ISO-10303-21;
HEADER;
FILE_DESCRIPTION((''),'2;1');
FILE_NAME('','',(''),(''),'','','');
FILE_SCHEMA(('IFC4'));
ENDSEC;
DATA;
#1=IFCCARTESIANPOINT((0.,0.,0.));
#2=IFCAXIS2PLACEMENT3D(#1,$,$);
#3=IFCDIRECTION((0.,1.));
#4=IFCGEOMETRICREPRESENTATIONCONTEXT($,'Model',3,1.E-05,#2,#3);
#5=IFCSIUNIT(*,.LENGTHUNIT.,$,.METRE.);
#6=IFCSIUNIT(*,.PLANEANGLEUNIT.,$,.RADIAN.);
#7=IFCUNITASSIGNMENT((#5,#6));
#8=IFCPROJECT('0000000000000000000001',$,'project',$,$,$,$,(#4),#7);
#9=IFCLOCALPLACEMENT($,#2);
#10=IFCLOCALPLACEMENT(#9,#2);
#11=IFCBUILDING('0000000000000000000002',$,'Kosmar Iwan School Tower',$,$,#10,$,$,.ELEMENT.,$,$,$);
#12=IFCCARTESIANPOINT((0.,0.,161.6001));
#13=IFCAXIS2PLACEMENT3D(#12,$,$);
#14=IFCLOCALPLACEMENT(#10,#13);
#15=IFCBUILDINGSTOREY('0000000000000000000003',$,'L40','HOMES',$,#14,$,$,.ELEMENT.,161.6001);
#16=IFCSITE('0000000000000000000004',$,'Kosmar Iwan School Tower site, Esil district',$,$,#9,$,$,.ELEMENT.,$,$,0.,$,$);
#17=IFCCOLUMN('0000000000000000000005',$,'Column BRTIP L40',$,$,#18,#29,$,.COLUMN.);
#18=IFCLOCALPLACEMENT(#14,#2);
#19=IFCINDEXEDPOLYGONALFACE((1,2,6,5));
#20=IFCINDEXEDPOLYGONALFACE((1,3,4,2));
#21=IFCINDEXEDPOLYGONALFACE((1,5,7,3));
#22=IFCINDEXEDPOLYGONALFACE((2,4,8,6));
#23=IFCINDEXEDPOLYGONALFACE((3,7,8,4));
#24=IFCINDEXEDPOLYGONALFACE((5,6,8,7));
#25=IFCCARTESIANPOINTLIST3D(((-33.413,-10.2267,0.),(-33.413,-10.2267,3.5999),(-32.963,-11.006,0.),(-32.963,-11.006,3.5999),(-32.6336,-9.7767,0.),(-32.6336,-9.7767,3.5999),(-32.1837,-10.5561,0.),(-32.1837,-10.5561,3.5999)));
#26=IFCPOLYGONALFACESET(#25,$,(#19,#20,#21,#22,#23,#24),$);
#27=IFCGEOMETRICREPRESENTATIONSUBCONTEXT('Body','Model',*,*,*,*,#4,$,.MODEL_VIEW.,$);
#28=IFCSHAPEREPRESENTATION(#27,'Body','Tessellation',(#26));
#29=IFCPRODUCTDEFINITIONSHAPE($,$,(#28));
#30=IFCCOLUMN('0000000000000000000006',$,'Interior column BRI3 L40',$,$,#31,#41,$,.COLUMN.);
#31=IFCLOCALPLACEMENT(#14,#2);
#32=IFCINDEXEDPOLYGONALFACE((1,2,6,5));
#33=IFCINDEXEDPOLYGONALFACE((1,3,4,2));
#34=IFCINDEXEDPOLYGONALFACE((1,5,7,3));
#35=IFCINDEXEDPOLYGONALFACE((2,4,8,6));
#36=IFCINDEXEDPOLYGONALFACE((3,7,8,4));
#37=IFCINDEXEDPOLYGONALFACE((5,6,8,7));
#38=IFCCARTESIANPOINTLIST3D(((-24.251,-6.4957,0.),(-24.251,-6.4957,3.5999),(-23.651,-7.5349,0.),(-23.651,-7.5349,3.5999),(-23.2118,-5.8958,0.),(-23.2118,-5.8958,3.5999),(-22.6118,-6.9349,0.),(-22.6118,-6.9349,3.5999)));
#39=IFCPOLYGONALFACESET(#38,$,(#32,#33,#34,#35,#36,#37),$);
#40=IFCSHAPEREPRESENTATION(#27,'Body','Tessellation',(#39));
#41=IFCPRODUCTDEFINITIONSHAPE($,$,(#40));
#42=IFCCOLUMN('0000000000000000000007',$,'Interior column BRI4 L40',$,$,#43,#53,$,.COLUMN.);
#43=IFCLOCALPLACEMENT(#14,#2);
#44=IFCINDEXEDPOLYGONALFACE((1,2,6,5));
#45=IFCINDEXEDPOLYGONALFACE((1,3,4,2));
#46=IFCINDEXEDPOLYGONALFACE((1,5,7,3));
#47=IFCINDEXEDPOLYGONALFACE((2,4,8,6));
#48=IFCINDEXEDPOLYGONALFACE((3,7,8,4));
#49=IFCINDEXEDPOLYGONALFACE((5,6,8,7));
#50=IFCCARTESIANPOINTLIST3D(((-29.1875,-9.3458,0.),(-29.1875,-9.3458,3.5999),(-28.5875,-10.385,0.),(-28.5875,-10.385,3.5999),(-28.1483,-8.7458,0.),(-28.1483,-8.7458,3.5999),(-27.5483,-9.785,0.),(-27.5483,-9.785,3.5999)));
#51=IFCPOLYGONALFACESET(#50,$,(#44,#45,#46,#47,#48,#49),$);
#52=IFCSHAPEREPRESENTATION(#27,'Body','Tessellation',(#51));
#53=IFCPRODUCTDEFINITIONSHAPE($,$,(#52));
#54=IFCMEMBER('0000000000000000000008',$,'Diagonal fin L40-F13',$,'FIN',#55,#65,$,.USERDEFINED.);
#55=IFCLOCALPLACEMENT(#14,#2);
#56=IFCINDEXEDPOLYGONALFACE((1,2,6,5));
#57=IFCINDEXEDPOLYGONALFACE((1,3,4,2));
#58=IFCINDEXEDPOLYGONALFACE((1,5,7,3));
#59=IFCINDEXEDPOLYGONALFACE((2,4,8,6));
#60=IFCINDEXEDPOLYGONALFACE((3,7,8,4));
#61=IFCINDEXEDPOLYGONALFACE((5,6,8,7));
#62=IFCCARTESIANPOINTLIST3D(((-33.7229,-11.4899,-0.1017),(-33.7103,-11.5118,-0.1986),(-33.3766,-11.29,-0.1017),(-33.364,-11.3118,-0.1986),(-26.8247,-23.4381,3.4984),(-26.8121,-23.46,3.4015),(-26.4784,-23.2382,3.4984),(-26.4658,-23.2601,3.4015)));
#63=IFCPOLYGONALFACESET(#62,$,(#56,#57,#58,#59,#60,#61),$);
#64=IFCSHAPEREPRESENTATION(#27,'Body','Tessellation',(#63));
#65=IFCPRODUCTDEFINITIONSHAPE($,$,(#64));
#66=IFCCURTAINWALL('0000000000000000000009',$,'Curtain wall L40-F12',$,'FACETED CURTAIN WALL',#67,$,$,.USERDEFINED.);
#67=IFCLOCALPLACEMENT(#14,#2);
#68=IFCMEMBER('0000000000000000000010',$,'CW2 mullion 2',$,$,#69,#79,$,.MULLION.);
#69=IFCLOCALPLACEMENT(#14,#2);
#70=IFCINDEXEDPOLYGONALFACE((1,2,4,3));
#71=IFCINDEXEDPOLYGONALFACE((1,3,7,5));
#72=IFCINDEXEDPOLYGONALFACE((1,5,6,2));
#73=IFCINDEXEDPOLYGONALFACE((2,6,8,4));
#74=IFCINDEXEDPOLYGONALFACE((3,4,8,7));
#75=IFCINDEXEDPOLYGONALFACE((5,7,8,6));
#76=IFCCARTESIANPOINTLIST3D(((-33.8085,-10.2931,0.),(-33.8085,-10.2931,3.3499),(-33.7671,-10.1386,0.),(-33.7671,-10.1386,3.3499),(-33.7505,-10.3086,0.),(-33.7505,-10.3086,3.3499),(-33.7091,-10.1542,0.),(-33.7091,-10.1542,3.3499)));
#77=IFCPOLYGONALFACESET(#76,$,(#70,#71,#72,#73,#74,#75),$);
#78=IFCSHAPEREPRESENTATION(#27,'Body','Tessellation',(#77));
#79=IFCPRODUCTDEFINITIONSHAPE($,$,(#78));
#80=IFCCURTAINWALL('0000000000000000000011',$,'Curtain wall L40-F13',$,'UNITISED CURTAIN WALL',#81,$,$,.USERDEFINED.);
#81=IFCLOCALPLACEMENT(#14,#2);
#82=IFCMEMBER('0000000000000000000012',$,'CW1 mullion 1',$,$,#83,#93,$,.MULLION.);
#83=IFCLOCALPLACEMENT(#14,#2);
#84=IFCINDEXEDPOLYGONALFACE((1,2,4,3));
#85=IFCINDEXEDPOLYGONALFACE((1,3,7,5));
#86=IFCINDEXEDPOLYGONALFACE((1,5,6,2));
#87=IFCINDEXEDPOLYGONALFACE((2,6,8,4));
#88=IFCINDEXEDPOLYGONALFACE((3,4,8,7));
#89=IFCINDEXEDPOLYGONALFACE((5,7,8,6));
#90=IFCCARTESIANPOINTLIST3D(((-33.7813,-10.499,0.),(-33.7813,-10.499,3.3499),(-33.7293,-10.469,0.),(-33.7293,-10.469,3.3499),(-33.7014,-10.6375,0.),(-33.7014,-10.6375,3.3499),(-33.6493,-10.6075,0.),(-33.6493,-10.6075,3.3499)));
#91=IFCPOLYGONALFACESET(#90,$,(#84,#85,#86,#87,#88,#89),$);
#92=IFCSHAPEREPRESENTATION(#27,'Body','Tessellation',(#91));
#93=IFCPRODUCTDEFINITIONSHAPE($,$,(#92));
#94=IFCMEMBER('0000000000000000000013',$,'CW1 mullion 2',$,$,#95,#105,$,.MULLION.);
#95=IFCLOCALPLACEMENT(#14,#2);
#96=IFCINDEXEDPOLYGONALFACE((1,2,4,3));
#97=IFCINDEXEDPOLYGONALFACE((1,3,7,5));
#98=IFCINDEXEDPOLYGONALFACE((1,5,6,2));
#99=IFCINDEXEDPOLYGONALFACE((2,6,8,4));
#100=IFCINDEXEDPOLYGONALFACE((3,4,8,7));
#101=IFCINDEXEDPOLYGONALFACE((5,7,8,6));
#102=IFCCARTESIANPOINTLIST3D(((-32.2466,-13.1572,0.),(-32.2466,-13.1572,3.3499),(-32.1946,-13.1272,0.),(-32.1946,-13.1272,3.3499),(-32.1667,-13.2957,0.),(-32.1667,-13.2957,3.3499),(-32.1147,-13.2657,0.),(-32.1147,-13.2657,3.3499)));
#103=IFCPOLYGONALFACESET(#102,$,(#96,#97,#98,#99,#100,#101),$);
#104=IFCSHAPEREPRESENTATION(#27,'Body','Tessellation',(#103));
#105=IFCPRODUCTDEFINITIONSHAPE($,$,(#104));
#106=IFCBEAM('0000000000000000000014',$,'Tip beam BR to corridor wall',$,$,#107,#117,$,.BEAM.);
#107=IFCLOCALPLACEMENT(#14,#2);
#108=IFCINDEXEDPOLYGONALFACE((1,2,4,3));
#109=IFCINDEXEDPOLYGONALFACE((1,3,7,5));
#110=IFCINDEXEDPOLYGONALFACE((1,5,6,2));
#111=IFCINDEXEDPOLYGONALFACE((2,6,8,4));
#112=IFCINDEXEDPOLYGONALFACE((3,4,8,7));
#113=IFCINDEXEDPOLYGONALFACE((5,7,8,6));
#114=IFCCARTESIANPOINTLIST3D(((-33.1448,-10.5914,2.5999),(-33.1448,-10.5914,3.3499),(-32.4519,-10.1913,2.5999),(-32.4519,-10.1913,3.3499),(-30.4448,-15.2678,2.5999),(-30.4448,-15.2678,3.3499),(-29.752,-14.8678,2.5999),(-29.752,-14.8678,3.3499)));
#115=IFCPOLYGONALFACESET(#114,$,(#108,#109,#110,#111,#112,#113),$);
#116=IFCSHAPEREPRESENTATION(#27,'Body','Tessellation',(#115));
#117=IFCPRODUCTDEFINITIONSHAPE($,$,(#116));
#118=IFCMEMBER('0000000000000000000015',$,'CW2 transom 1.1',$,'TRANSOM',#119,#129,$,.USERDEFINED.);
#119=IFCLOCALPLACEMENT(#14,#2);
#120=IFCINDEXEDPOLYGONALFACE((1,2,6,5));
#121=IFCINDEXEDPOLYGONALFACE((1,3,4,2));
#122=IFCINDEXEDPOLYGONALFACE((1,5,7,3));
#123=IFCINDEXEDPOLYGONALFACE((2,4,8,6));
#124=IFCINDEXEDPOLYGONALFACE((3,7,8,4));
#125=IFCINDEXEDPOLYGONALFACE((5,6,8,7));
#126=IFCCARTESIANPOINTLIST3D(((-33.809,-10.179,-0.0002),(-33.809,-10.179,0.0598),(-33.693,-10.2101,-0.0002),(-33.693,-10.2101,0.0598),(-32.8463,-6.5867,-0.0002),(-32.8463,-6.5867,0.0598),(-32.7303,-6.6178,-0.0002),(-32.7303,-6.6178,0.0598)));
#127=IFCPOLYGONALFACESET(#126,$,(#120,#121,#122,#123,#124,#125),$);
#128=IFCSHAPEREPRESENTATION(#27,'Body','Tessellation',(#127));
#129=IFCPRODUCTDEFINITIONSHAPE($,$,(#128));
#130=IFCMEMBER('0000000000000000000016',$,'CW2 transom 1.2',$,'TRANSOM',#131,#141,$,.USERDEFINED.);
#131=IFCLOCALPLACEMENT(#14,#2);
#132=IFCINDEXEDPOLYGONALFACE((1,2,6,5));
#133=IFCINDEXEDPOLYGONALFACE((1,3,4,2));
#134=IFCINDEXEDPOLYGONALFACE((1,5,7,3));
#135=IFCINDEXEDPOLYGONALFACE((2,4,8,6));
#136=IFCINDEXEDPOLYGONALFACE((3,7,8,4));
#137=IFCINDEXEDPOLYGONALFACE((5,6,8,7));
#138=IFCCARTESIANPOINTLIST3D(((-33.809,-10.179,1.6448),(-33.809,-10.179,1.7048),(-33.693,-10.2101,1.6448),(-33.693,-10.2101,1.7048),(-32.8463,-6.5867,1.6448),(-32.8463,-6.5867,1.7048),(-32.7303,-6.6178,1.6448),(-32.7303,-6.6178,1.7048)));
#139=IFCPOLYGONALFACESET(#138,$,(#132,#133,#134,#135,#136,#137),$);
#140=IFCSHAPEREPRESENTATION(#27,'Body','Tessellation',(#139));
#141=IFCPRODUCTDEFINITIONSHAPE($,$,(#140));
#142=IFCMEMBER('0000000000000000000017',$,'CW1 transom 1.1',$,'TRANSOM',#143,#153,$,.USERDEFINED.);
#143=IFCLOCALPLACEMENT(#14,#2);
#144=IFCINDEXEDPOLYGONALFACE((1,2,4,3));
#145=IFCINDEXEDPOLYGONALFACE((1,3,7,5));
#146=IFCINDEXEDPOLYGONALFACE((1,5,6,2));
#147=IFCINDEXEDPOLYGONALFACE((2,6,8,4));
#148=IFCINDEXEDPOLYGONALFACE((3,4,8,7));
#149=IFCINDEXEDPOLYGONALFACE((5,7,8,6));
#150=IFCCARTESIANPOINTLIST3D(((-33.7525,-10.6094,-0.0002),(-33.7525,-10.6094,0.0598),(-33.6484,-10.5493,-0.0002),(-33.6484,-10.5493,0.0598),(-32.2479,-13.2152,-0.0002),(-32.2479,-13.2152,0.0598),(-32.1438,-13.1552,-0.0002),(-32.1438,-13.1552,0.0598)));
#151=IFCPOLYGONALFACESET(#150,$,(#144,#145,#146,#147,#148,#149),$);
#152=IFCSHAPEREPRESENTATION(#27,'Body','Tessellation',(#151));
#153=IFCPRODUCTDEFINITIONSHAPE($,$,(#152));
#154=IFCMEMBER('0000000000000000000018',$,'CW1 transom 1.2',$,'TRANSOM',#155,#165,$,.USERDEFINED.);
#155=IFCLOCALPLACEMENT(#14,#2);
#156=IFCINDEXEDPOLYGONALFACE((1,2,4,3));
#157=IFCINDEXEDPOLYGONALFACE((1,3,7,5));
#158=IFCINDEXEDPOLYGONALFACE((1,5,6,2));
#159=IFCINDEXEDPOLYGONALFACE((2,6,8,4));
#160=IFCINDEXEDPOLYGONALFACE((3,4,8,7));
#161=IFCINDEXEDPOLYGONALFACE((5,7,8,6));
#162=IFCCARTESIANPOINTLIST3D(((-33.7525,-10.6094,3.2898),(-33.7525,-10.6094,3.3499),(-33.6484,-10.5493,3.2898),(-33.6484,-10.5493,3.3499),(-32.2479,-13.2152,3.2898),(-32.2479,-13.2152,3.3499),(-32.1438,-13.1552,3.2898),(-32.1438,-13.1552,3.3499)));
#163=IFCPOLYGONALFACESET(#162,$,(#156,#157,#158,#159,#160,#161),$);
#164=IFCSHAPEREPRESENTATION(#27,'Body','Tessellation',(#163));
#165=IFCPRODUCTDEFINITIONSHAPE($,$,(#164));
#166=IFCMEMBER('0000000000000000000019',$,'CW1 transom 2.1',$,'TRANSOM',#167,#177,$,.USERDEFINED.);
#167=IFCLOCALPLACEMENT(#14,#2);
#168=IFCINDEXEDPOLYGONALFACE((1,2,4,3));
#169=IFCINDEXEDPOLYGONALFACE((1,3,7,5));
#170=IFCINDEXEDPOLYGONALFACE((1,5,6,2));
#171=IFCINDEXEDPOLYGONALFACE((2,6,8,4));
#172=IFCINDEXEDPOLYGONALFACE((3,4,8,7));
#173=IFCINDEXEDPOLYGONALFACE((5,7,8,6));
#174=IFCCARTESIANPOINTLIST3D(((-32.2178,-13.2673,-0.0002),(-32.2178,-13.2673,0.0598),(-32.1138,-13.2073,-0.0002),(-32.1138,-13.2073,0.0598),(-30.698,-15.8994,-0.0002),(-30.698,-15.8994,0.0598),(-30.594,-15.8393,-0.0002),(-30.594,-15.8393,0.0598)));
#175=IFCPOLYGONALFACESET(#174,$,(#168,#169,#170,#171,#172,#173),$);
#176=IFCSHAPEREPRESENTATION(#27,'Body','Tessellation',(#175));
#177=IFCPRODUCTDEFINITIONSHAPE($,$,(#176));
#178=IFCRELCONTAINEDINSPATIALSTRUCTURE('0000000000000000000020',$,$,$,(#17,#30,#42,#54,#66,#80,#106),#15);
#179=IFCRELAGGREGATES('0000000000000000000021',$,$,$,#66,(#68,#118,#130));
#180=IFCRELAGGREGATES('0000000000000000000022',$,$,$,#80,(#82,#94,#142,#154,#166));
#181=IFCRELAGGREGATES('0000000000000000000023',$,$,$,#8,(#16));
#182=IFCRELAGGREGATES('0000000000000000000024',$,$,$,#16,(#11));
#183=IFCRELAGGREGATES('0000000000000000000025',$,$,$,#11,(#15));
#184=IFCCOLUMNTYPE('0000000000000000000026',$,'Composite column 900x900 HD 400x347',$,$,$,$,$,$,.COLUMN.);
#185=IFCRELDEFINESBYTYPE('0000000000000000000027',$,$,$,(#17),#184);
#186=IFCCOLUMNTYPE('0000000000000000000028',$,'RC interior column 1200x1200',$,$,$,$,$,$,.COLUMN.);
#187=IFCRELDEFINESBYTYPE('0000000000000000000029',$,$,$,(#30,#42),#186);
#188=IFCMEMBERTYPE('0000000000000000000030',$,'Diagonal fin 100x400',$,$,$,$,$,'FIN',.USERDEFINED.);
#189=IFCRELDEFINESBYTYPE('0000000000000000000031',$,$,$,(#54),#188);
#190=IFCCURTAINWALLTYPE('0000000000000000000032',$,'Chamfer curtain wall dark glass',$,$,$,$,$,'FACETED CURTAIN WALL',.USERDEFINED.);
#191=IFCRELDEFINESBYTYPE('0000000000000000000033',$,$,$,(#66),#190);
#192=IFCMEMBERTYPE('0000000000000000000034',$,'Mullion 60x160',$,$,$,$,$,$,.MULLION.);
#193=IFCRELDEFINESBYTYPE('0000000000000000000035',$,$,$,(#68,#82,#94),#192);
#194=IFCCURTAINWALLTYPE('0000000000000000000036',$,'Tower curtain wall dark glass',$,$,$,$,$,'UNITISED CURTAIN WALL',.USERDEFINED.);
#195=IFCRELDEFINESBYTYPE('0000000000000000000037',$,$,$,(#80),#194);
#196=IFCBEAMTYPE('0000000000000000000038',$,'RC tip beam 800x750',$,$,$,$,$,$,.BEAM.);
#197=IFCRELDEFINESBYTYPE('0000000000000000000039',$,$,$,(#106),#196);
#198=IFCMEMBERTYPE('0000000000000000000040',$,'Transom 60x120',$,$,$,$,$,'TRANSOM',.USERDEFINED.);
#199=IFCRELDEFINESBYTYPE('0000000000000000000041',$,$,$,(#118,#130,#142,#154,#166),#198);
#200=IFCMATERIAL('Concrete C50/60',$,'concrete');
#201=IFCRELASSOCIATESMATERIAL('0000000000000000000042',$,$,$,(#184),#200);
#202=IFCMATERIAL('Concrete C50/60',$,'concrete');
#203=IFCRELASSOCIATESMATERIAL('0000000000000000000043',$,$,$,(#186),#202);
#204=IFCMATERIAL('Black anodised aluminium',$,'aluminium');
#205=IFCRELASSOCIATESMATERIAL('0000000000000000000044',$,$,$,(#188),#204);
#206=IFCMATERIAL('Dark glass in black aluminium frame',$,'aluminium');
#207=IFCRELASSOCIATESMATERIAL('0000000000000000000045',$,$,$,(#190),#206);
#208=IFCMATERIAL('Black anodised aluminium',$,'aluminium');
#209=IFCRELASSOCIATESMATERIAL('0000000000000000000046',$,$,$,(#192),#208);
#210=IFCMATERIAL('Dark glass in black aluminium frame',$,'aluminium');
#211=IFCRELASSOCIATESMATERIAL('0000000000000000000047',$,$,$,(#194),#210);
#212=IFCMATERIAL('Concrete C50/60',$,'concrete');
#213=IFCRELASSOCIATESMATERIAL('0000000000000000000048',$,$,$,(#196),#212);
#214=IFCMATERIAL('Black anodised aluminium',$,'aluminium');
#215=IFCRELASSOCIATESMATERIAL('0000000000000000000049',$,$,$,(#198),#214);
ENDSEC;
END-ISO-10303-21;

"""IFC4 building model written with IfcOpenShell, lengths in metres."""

from ifc_helpers import new_model, si_unit, direction, frame, origin, origin_2d, place, context, subcontext, project, spatial, rectangle, extrude, material, material_profile, profile_set, type_object, element, aggregate, save


model = new_model("IFC4")

# Units and contexts
model_context = context("Model", 3, precision=1e-05, world=origin(), true_north=direction((0.0, 1.0)))
body_context = subcontext(model_context, "Body", "Model", "MODEL_VIEW")
ifc_project = project(units=[si_unit("LENGTHUNIT", "METRE"), si_unit("PLANEANGLEUNIT", "RADIAN")], contexts=[model_context])

# Site, building, storey
site_placement = place(None, origin())
site = spatial("IfcSite", under=ifc_project, at=site_placement, Name="Kosmar Iwan School Tower site, Esil district", CompositionType="ELEMENT", RefElevation=0.0)
building_placement = place(site_placement, origin())
building = spatial("IfcBuilding", under=site, at=building_placement, Name="Kosmar Iwan School Tower", CompositionType="ELEMENT")
storey_placement = place(building_placement, frame((0.0, 0.0, 161.6001)))
storey = spatial("IfcBuildingStorey", under=building, at=storey_placement, Name="L40", Description="HOMES", CompositionType="ELEMENT", Elevation=161.6001)

# Columns
ifc_material_1 = material(Name="Concrete C50/60", Category="concrete")
ifc_material_profile_1 = material_profile(ifc_material_1, rectangle(XDim=0.8999, YDim=0.8999, at=origin_2d()), Name="RC 900x900 + HD 400x347")
ifc_profile_set_1 = profile_set([ifc_material_profile_1], Name="Concrete C50/60")
column_type_1 = type_object("IfcColumnType", Name="Composite column 900x900 HD 400x347", PredefinedType="COLUMN", material=ifc_profile_set_1)
column_placement = place(storey_placement, frame((-32.7983, -10.3914, 0.0), z_axis=(0.0, 0.0, 1.0), x_axis=(-0.866025, -0.5, 0.0)))
element("IfcColumn", 1, at=column_placement, inside=storey, type_object=column_type_1, Name="Column BRTIP L40", PredefinedType="COLUMN", context=body_context, shape_type="SweptSolid", body=[
    extrude(rectangle(XDim=0.8999, YDim=0.8999, at=origin_2d()), origin(), (0.0, 0.0, 1.0), 3.5999),
])
ifc_material_2 = material(Name="Concrete C50/60", Category="concrete")
ifc_material_profile_2 = material_profile(ifc_material_2, rectangle(XDim=1.2, YDim=1.2, at=origin_2d()), Name="RC 1200x1200")
ifc_profile_set_2 = profile_set([ifc_material_profile_2], Name="Concrete C50/60")
column_type_2 = type_object("IfcColumnType", Name="RC interior column 1200x1200", PredefinedType="COLUMN", material=ifc_profile_set_2)
for number, where, z_axis, x_axis, name in (
    (2, (-23.4314, -6.7153, 0.0), (0.0, 0.0, 1.0), (-0.866025, -0.5, 0.0), "Interior column BRI3 L40"),
    (3, (-28.3679, -9.5654, 0.0), (0.0, 0.0, 1.0), (-0.866025, -0.5, 0.0), "Interior column BRI4 L40"),
):
    element("IfcColumn", number, at=place(storey_placement, frame(where, z_axis=z_axis, x_axis=x_axis)), inside=storey, type_object=column_type_2, Name=name, PredefinedType="COLUMN", context=body_context, shape_type="SweptSolid", body=[
        extrude(rectangle(XDim=1.2, YDim=1.2, at=origin_2d()), origin(), (0.0, 0.0, 1.0), 3.5999),
    ])

# Member
ifc_material_3 = material(Name="Black anodised aluminium", Category="aluminium")
ifc_material_profile_3 = material_profile(ifc_material_3, rectangle(XDim=0.1001, YDim=0.3999, at=origin_2d()), Name="FIN 100x400")
ifc_profile_set_3 = profile_set([ifc_material_profile_3], Name="Black anodised aluminium")
member_type_1 = type_object("IfcMemberType", Name="Diagonal fin 100x400", ElementType="FIN", PredefinedType="USERDEFINED", material=ifc_profile_set_3)
member_1_placement = place(storey_placement, frame((-33.5435, -11.4009, -0.1501), z_axis=(0.483793, -0.83797, 0.252487), x_axis=(-0.126242, 0.218661, 0.9676)))
element("IfcMember", 4, at=member_1_placement, inside=storey, type_object=member_type_1, Name="Diagonal fin L40-F13", ObjectType="FIN", PredefinedType="USERDEFINED", context=body_context, shape_type="SweptSolid", body=[
    extrude(rectangle(XDim=0.1001, YDim=0.3999, at=origin_2d()), origin(), (0.0, 0.0, 1.0), 14.2585),
])

# Curtain wall, member
ifc_material_4 = material(Name="Dark glass in black aluminium frame", Category="aluminium")
curtain_wall_type_1 = type_object("IfcCurtainWallType", Name="Chamfer curtain wall dark glass", ElementType="FACETED CURTAIN WALL", PredefinedType="USERDEFINED", material=ifc_material_4)
curtain_wall_1_placement = place(storey_placement, origin())
curtain_wall_1 = element("IfcCurtainWall", 5, at=curtain_wall_1_placement, inside=storey, type_object=curtain_wall_type_1, Name="Curtain wall L40-F12", ObjectType="FACETED CURTAIN WALL", PredefinedType="USERDEFINED")
ifc_material_5 = material(Name="Black anodised aluminium", Category="aluminium")
ifc_material_profile_4 = material_profile(ifc_material_5, rectangle(XDim=0.0601, YDim=0.1599, at=origin_2d()), Name="MULLION 60x160")
ifc_profile_set_4 = profile_set([ifc_material_profile_4], Name="Black anodised aluminium")
member_type_2 = type_object("IfcMemberType", Name="Mullion 60x160", PredefinedType="MULLION", material=ifc_profile_set_4)
member_2_placement = place(storey_placement, frame((-33.7588, -10.2236, 0.0), z_axis=(0.0, 0.0, 1.0), x_axis=(0.965926, -0.258819, 0.0)))
member_2 = element("IfcMember", 6, at=member_2_placement, type_object=member_type_2, Name="CW2 mullion 2", PredefinedType="MULLION", context=body_context, shape_type="SweptSolid", body=[
    extrude(rectangle(XDim=0.0601, YDim=0.1599, at=origin_2d()), origin(), (0.0, 0.0, 1.0), 3.3499),
])

# Curtain wall, members
ifc_material_6 = material(Name="Dark glass in black aluminium frame", Category="aluminium")
curtain_wall_type_2 = type_object("IfcCurtainWallType", Name="Tower curtain wall dark glass", ElementType="UNITISED CURTAIN WALL", PredefinedType="USERDEFINED", material=ifc_material_6)
curtain_wall_2_placement = place(storey_placement, origin())
curtain_wall_2 = element("IfcCurtainWall", 7, at=curtain_wall_2_placement, inside=storey, type_object=curtain_wall_type_2, Name="Curtain wall L40-F13", ObjectType="UNITISED CURTAIN WALL", PredefinedType="USERDEFINED")
member_3_placement = place(storey_placement, frame((-33.7153, -10.5532, 0.0), z_axis=(0.0, 0.0, 1.0), x_axis=(0.866025, 0.5, 0.0)))
member_3 = element("IfcMember", 8, at=member_3_placement, type_object=member_type_2, Name="CW1 mullion 1", PredefinedType="MULLION", context=body_context, shape_type="SweptSolid", body=[
    extrude(rectangle(XDim=0.0601, YDim=0.1599, at=origin_2d()), origin(), (0.0, 0.0, 1.0), 3.3499),
])
member_4_placement = place(storey_placement, frame((-32.1807, -13.2114, 0.0), z_axis=(0.0, 0.0, 1.0), x_axis=(0.866025, 0.5, 0.0)))
member_4 = element("IfcMember", 9, at=member_4_placement, type_object=member_type_2, Name="CW1 mullion 2", PredefinedType="MULLION", context=body_context, shape_type="SweptSolid", body=[
    extrude(rectangle(XDim=0.0601, YDim=0.1599, at=origin_2d()), origin(), (0.0, 0.0, 1.0), 3.3499),
])

# Beam
ifc_material_7 = material(Name="Concrete C50/60", Category="concrete")
ifc_material_profile_5 = material_profile(ifc_material_7, rectangle(XDim=0.8, YDim=0.75, at=origin_2d()), Name="RC 800x750")
ifc_profile_set_5 = profile_set([ifc_material_profile_5], Name="Concrete C50/60")
beam_type = type_object("IfcBeamType", Name="RC tip beam 800x750", PredefinedType="BEAM", material=ifc_profile_set_5)
beam_placement = place(storey_placement, frame((-32.7983, -10.3914, 2.9749), z_axis=(0.499995, -0.866028, 0.0), x_axis=(0.866028, 0.499995, 0.0)))
element("IfcBeam", 10, at=beam_placement, inside=storey, type_object=beam_type, Name="Tip beam BR to corridor wall", PredefinedType="BEAM", context=body_context, shape_type="SweptSolid", body=[
    extrude(rectangle(XDim=0.8, YDim=0.75, at=origin_2d()), origin(), (0.0, 0.0, 1.0), 5.3999),
])

# Members
ifc_material_8 = material(Name="Black anodised aluminium", Category="aluminium")
ifc_material_profile_6 = material_profile(ifc_material_8, rectangle(XDim=0.1201, YDim=0.0601, at=origin_2d()), Name="TRANSOM 60x120")
ifc_profile_set_6 = profile_set([ifc_material_profile_6], Name="Black anodised aluminium")
member_type_3 = type_object("IfcMemberType", Name="Transom 60x120", ElementType="TRANSOM", PredefinedType="USERDEFINED", material=ifc_profile_set_6)
member_5_placement = place(storey_placement, frame((-32.7883, -6.6023, 0.0298), z_axis=(-0.258843, -0.965919, 0.0), x_axis=(0.965919, -0.258843, 0.0)))
member_5 = element("IfcMember", 11, at=member_5_placement, type_object=member_type_3, Name="CW2 transom 1.1", ObjectType="TRANSOM", PredefinedType="USERDEFINED", context=body_context, shape_type="SweptSolid", body=[
    extrude(rectangle(XDim=0.1201, YDim=0.0601, at=origin_2d()), origin(), (0.0, 0.0, 1.0), 3.719),
])
member_6_placement = place(storey_placement, frame((-32.7883, -6.6023, 1.6748), z_axis=(-0.258843, -0.965919, 0.0), x_axis=(0.965919, -0.258843, 0.0)))
member_6 = element("IfcMember", 12, at=member_6_placement, type_object=member_type_3, Name="CW2 transom 1.2", ObjectType="TRANSOM", PredefinedType="USERDEFINED", context=body_context, shape_type="SweptSolid", body=[
    extrude(rectangle(XDim=0.1201, YDim=0.0601, at=origin_2d()), origin(), (0.0, 0.0, 1.0), 3.719),
])
member_7_placement = place(storey_placement, frame((-33.7004, -10.5793, 0.0298), z_axis=(0.500022, -0.866013, 0.0), x_axis=(0.866013, 0.500022, 0.0)))
member_7 = element("IfcMember", 13, at=member_7_placement, type_object=member_type_3, Name="CW1 transom 1.1", ObjectType="TRANSOM", PredefinedType="USERDEFINED", context=body_context, shape_type="SweptSolid", body=[
    extrude(rectangle(XDim=0.1201, YDim=0.0601, at=origin_2d()), origin(), (0.0, 0.0, 1.0), 3.009),
])
member_8_placement = place(storey_placement, frame((-33.7004, -10.5793, 3.3198), z_axis=(0.500022, -0.866013, 0.0), x_axis=(0.866013, 0.500022, 0.0)))
member_8 = element("IfcMember", 14, at=member_8_placement, type_object=member_type_3, Name="CW1 transom 1.2", ObjectType="TRANSOM", PredefinedType="USERDEFINED", context=body_context, shape_type="SweptSolid", body=[
    extrude(rectangle(XDim=0.1201, YDim=0.0601, at=origin_2d()), origin(), (0.0, 0.0, 1.0), 3.009),
])
member_9_placement = place(storey_placement, frame((-32.1658, -13.2373, 0.0298), z_axis=(0.500035, -0.866005, 0.0), x_axis=(0.866005, 0.500035, 0.0)))
member_9 = element("IfcMember", 15, at=member_9_placement, type_object=member_type_3, Name="CW1 transom 2.1", ObjectType="TRANSOM", PredefinedType="USERDEFINED", context=body_context, shape_type="SweptSolid", body=[
    extrude(rectangle(XDim=0.1201, YDim=0.0601, at=origin_2d()), origin(), (0.0, 0.0, 1.0), 3.0393),
])

aggregate(curtain_wall_1, [member_2, member_5, member_6])
aggregate(curtain_wall_2, [member_3, member_4, member_7, member_8, member_9])

save(model, "model.ifc")
